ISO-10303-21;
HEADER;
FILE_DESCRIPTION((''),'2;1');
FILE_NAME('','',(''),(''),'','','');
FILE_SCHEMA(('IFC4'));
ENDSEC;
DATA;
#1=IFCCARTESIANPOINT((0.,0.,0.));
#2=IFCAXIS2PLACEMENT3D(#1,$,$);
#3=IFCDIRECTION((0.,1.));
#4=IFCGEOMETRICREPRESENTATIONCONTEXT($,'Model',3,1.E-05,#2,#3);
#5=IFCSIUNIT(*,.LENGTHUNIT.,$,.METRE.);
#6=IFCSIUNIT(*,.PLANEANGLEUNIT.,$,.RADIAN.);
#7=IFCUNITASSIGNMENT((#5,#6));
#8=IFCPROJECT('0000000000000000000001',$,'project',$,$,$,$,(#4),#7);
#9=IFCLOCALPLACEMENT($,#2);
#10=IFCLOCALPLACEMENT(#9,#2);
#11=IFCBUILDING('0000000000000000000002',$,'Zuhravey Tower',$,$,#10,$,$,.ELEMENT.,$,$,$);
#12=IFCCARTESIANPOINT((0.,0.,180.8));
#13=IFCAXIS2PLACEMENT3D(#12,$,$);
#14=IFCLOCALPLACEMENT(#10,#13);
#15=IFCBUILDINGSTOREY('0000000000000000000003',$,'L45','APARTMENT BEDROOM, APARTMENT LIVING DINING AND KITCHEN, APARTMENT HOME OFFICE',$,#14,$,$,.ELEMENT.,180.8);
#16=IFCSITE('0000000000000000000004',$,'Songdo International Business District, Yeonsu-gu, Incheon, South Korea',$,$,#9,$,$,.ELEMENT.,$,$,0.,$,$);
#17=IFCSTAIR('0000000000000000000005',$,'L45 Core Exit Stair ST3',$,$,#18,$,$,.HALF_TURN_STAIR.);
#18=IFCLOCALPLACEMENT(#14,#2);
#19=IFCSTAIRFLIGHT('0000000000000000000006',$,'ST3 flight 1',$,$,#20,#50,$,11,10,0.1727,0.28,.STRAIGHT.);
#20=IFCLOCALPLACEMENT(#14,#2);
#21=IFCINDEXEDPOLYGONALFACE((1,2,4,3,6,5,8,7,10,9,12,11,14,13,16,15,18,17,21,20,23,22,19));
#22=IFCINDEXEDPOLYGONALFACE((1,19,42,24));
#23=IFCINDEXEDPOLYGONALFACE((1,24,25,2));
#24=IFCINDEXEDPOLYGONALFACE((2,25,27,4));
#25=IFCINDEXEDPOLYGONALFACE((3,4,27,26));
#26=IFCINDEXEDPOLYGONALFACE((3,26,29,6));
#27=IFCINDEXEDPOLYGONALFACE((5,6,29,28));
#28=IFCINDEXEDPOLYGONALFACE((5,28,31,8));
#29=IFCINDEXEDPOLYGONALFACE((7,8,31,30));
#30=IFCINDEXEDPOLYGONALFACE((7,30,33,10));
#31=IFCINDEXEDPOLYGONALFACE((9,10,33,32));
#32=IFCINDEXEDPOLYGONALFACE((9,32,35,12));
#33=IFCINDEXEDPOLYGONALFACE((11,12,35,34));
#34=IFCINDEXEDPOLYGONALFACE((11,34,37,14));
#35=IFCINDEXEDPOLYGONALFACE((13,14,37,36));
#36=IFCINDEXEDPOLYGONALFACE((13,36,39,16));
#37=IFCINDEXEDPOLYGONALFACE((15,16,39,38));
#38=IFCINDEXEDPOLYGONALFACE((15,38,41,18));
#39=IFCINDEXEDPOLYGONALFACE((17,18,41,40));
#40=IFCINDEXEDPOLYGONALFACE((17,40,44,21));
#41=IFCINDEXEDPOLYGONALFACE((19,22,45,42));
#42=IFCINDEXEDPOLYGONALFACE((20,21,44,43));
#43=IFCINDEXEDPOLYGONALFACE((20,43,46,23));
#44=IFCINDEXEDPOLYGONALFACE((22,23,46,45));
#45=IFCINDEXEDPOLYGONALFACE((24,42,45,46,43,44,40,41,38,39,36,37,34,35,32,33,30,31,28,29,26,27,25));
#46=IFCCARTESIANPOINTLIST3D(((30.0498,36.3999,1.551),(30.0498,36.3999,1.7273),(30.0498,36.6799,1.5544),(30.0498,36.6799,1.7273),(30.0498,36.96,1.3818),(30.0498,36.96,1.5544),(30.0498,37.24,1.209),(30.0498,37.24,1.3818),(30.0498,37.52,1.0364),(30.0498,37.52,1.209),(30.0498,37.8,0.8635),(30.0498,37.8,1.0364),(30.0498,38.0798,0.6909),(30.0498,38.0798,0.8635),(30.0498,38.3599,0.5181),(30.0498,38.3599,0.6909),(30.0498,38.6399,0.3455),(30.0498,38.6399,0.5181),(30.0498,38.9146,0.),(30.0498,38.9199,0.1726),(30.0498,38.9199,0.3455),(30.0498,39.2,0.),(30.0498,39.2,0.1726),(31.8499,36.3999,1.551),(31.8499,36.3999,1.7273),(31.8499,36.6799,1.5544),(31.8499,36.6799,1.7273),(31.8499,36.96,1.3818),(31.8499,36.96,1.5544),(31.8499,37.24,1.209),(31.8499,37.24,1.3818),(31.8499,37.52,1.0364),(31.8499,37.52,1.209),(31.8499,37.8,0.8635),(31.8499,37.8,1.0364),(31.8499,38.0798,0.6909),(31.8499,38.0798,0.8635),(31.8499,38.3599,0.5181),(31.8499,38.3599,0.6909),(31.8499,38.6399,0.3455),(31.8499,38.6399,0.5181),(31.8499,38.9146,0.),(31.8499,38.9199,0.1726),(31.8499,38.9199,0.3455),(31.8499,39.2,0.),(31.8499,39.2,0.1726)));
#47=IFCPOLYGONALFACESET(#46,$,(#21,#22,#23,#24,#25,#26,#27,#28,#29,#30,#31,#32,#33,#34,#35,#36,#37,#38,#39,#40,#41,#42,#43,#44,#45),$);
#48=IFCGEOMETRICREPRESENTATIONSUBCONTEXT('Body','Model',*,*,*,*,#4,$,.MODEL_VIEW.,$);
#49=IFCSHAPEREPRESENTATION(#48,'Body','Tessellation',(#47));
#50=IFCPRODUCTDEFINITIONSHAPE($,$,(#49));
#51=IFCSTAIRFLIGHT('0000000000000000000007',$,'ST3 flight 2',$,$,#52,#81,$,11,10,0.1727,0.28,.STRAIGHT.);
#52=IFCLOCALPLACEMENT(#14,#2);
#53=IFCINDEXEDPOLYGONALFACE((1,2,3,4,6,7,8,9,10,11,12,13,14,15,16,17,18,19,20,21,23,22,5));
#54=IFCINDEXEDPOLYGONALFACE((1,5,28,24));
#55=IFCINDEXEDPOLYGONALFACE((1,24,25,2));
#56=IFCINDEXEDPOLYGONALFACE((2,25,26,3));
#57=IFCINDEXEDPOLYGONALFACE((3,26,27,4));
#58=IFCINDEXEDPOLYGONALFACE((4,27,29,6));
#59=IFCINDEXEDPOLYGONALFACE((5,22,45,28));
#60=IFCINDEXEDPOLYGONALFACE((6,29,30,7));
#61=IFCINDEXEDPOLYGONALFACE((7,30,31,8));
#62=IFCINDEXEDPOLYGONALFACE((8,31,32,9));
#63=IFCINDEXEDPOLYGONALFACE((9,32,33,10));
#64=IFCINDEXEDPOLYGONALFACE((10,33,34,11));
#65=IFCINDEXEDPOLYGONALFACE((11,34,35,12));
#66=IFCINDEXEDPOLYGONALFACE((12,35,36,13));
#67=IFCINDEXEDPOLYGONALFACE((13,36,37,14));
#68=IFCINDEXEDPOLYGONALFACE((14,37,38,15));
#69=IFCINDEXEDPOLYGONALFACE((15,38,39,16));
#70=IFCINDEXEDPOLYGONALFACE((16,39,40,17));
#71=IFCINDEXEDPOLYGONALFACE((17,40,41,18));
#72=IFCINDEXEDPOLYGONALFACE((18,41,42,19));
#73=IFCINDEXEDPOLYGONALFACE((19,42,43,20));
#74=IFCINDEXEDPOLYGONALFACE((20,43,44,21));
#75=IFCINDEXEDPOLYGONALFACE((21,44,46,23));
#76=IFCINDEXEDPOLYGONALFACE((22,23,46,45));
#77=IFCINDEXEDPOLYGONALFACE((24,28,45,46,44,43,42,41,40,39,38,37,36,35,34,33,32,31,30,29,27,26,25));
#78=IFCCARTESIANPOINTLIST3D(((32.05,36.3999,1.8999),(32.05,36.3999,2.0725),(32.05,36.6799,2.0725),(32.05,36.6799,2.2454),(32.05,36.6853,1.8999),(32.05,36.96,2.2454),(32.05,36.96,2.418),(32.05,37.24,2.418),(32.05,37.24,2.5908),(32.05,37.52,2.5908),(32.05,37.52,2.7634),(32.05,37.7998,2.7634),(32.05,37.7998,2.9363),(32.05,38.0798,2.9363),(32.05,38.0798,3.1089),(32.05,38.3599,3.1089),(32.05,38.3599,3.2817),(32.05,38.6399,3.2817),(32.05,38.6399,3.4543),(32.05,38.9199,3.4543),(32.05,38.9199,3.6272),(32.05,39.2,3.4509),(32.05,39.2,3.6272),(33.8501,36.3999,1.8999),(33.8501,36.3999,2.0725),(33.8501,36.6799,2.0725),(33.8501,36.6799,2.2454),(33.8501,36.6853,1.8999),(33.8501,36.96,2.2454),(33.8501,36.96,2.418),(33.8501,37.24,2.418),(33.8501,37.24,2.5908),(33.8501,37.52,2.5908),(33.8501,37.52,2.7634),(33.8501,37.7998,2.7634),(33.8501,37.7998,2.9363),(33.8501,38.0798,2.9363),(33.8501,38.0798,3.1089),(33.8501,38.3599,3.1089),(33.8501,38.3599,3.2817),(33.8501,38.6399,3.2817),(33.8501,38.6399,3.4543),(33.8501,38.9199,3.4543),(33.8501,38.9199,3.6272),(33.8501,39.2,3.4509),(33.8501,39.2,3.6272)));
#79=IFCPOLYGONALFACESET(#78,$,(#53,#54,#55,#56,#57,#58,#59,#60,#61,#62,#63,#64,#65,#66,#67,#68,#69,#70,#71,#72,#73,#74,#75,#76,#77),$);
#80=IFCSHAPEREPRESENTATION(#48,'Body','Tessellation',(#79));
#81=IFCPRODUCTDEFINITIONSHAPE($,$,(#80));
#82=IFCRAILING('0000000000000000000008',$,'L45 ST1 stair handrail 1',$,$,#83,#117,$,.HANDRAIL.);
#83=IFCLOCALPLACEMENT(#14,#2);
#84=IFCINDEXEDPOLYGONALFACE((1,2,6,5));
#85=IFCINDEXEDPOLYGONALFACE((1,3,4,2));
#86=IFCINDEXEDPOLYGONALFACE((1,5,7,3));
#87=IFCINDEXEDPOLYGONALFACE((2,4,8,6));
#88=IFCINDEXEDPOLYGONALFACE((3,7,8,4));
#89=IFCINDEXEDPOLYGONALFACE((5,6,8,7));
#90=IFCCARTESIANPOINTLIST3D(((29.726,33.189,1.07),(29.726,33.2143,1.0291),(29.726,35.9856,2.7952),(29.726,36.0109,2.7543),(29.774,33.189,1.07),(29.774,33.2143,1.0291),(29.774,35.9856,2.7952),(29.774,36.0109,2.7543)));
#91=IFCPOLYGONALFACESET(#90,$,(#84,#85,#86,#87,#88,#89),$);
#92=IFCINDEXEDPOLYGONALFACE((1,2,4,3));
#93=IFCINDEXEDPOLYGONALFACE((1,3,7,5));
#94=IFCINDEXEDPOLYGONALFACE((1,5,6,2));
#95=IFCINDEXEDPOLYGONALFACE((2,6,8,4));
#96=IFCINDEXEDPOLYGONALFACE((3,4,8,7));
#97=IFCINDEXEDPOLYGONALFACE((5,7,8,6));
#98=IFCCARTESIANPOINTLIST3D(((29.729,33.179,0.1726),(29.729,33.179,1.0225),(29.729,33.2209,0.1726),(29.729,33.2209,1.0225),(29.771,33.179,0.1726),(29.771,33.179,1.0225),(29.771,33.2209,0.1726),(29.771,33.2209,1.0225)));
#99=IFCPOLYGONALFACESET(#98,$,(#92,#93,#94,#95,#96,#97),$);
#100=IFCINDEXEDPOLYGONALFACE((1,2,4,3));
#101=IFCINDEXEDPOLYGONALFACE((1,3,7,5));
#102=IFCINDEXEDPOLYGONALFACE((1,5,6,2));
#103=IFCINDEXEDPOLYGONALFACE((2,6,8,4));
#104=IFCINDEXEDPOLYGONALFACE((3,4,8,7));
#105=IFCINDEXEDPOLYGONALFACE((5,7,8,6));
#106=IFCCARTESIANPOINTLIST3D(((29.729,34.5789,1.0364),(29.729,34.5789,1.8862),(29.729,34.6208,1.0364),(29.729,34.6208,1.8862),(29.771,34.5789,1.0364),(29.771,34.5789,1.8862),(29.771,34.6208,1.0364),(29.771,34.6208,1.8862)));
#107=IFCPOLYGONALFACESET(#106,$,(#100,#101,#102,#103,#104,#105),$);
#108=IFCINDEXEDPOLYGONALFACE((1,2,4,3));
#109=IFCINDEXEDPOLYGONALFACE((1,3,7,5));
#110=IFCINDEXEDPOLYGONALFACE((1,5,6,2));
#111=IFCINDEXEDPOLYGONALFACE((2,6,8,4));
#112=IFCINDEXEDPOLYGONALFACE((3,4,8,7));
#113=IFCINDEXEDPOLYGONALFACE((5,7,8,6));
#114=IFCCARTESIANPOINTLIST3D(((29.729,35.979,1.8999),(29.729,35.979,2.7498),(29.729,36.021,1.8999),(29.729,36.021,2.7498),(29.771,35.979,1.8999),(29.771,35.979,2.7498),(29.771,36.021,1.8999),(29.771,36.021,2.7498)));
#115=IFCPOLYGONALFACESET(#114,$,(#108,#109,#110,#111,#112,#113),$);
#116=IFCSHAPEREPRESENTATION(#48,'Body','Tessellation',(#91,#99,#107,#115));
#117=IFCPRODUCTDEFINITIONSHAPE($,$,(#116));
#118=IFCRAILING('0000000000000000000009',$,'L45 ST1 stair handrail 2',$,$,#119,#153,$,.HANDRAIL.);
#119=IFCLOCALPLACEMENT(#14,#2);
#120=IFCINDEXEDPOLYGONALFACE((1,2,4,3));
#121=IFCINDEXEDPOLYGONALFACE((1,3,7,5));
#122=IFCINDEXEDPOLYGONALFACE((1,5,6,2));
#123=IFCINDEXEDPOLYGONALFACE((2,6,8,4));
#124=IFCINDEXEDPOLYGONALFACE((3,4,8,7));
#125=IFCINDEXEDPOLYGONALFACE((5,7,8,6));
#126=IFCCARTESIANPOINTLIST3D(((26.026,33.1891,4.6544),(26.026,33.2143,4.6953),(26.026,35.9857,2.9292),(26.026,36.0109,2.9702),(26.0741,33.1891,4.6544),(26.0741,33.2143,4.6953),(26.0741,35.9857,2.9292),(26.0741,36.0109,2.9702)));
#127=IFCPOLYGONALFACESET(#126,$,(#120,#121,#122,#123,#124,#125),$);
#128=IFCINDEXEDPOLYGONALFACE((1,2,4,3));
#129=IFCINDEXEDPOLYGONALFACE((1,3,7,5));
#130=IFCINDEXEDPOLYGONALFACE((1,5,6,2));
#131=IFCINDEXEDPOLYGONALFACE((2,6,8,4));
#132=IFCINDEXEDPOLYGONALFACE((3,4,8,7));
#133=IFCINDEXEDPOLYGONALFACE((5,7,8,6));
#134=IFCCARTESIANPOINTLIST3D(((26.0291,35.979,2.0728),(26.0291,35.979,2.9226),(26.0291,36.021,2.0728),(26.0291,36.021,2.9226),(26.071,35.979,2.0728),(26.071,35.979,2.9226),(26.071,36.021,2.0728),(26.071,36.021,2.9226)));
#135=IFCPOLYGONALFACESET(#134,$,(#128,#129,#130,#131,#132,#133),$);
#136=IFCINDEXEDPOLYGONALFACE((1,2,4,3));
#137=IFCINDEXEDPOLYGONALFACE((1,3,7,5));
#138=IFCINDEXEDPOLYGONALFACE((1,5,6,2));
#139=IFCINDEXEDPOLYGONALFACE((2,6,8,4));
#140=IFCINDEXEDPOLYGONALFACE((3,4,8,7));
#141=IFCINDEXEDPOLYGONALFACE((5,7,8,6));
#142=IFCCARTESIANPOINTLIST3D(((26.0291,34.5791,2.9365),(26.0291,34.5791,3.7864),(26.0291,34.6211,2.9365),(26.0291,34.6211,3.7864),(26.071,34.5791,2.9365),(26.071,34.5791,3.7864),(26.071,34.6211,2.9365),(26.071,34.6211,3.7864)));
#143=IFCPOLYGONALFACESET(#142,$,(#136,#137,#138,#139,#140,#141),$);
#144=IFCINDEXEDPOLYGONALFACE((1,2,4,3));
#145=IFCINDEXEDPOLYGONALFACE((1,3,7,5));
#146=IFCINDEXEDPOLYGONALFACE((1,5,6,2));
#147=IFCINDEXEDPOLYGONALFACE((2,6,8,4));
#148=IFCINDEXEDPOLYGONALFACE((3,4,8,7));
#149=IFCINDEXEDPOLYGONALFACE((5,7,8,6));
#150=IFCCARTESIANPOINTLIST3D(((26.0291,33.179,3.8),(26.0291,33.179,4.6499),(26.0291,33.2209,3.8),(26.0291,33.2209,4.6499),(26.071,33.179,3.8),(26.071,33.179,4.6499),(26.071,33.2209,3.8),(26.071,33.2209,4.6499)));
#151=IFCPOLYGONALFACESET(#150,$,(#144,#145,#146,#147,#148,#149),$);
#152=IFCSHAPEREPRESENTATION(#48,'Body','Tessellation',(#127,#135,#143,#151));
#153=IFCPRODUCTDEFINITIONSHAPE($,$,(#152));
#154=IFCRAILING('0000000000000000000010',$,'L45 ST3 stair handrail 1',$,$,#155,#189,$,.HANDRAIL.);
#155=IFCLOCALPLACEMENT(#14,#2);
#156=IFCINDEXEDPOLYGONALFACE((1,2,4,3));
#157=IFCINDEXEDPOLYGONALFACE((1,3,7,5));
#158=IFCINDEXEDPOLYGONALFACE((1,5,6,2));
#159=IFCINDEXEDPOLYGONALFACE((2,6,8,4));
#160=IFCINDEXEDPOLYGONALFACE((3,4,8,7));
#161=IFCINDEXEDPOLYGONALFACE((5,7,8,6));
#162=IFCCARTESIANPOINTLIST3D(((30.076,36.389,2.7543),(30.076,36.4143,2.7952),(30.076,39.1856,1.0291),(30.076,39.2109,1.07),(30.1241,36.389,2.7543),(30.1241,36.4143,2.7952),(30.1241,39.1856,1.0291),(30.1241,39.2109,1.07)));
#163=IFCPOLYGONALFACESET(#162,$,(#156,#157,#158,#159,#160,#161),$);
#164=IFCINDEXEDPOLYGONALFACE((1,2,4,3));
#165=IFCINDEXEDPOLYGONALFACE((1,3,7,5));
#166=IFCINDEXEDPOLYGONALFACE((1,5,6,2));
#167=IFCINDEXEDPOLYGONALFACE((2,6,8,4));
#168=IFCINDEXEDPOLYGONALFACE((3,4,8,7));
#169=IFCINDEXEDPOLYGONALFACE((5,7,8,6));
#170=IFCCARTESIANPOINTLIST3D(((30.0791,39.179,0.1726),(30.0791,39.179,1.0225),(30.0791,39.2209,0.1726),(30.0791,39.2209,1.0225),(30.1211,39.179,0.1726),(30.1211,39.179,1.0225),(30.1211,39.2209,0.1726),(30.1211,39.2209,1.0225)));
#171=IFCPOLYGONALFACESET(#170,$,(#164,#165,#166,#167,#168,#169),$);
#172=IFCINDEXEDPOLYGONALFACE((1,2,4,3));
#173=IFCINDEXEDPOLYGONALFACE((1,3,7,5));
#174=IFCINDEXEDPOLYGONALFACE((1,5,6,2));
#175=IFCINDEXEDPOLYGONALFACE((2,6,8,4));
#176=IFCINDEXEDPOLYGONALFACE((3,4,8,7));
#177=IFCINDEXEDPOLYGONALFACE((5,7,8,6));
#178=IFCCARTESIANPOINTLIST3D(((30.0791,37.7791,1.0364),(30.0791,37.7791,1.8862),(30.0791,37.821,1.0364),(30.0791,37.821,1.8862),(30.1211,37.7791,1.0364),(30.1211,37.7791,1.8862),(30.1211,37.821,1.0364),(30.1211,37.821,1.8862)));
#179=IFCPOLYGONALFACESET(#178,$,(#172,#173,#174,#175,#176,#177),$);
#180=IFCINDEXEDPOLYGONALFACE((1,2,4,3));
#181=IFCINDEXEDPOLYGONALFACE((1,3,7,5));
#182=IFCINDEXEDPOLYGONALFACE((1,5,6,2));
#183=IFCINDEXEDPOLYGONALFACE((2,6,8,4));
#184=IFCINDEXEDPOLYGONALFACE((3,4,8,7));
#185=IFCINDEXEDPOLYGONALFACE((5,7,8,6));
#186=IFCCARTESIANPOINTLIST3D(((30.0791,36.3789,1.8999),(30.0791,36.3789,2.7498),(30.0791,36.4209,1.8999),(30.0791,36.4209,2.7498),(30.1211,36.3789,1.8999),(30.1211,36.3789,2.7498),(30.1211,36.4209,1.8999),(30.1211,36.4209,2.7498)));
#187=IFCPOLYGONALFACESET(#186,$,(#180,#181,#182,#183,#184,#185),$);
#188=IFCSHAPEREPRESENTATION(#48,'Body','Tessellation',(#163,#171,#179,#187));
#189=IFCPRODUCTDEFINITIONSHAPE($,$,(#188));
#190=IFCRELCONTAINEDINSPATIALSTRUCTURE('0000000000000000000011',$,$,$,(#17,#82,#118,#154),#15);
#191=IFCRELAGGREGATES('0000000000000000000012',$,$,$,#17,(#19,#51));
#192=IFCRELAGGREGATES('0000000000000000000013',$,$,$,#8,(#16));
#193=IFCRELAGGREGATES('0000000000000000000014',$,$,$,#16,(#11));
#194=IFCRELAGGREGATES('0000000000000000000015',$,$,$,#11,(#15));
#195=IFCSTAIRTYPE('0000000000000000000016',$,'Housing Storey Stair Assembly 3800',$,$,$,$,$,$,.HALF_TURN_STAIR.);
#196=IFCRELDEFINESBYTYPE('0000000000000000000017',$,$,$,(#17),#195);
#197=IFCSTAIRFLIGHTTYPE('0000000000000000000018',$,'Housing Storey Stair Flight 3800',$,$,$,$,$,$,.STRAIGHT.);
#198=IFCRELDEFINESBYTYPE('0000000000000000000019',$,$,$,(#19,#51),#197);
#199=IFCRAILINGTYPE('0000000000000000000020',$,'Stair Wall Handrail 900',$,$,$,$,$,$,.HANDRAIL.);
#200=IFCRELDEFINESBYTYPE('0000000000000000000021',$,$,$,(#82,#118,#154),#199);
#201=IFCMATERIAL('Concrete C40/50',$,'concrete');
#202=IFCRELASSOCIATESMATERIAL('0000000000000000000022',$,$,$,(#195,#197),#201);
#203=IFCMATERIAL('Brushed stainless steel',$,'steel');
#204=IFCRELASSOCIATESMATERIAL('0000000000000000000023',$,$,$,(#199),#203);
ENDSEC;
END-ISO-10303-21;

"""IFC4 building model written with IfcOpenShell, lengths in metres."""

from ifc_helpers import new_model, si_unit, direction, frame, origin, origin_2d, place, context, subcontext, project, spatial, polyline, rectangle, outline, extrude, material, type_object, element, aggregate, save


model = new_model("IFC4")

# Units and contexts
model_context = context("Model", 3, precision=1e-05, world=origin(), true_north=direction((0.0, 1.0)))
body_context = subcontext(model_context, "Body", "Model", "MODEL_VIEW")
ifc_project = project(units=[si_unit("LENGTHUNIT", "METRE"), si_unit("PLANEANGLEUNIT", "RADIAN")], contexts=[model_context])

# Site, building, storey
site_placement = place(None, origin())
site = spatial("IfcSite", under=ifc_project, at=site_placement, Name="Songdo International Business District, Yeonsu-gu, Incheon, South Korea", CompositionType="ELEMENT", RefElevation=0.0)
building_placement = place(site_placement, origin())
building = spatial("IfcBuilding", under=site, at=building_placement, Name="Zuhravey Tower", CompositionType="ELEMENT")
storey_placement = place(building_placement, frame((0.0, 0.0, 180.8)))
storey = spatial("IfcBuildingStorey", under=building, at=storey_placement, Name="L45", Description="APARTMENT BEDROOM, APARTMENT LIVING DINING AND KITCHEN, APARTMENT HOME OFFICE", CompositionType="ELEMENT", Elevation=180.8)

# Stair, stair flights
ifc_material_1 = material(Name="Concrete C40/50", Category="concrete")
stair_type = type_object("IfcStairType", Name="Housing Storey Stair Assembly 3800", PredefinedType="HALF_TURN_STAIR", material=ifc_material_1)
stair_flight_type = type_object("IfcStairFlightType", Name="Housing Storey Stair Flight 3800", PredefinedType="STRAIGHT", material=ifc_material_1)
stair_1_placement = place(storey_placement, origin())
stair_1 = element("IfcStair", 1, at=stair_1_placement, inside=storey, type_object=stair_type, Name="L45 Core Exit Stair ST3", PredefinedType="HALF_TURN_STAIR")
stair_flight_1_placement = place(storey_placement, frame((30.95, 39.2, 0.0), z_axis=(0.0, 0.0, 1.0), x_axis=(0.0, -1.0, 0.0)))
stair_flight_1 = element("IfcStairFlight", 2, at=stair_flight_1_placement, type_object=stair_flight_type, Name="ST3 flight 1", NumberOfRisers=11, NumberOfTreads=10, PredefinedType="STRAIGHT", RiserHeight=0.1727, TreadLength=0.28, context=body_context, shape_type="SweptSolid", body=[
    extrude(outline(polyline([(0.0, 0.0), (0.0, 0.1726), (0.28, 0.1726), (0.28, 0.3455), (0.5601, 0.3455), (0.5601, 0.5181), (0.8401, 0.5181), (0.8401, 0.6909), (1.1201, 0.6909), (1.1201, 0.8635), (1.3999, 0.8635), (1.3999, 1.0364), (1.6799, 1.0364), (1.6799, 1.209), (1.96, 1.209), (1.96, 1.3818), (2.24, 1.3818), (2.24, 1.5544), (2.52, 1.5544), (2.52, 1.7273), (2.8, 1.7273), (2.8, 1.8999), (2.8, 1.551), (0.2854, 0.0), (0.0, 0.0)])), frame((0.0, 0.8999, 0.0), z_axis=(0.0, -1.0, 0.0), x_axis=(1.0, 0.0, 0.0)), (0.0, 0.0, 1.0), 1.8),
])
stair_flight_2_placement = place(storey_placement, frame((32.95, 36.3999, 1.8999), z_axis=(0.0, 0.0, 1.0), x_axis=(0.0, 1.0, 0.0)))
stair_flight_2 = element("IfcStairFlight", 3, at=stair_flight_2_placement, type_object=stair_flight_type, Name="ST3 flight 2", NumberOfRisers=11, NumberOfTreads=10, PredefinedType="STRAIGHT", RiserHeight=0.1727, TreadLength=0.28, context=body_context, shape_type="SweptSolid", body=[
    extrude(outline(polyline([(0.0, 0.0), (0.0, 0.1726), (0.28, 0.1726), (0.28, 0.3455), (0.5601, 0.3455), (0.5601, 0.5181), (0.8401, 0.5181), (0.8401, 0.6909), (1.1201, 0.6909), (1.1201, 0.8635), (1.3999, 0.8635), (1.3999, 1.0364), (1.6799, 1.0364), (1.6799, 1.209), (1.96, 1.209), (1.96, 1.3818), (2.24, 1.3818), (2.24, 1.5544), (2.52, 1.5544), (2.52, 1.7273), (2.8, 1.7273), (2.8, 1.8999), (2.8, 1.551), (0.2854, 0.0), (0.0, 0.0)])), frame((0.0, 0.8999, 0.0), z_axis=(0.0, -1.0, 0.0), x_axis=(1.0, 0.0, 0.0)), (0.0, 0.0, 1.0), 1.8),
])
aggregate(stair_1, [stair_flight_1, stair_flight_2])

# Railings
ifc_material_2 = material(Name="Brushed stainless steel", Category="steel")
railing_type_1 = type_object("IfcRailingType", Name="Stair Wall Handrail 900", PredefinedType="HANDRAIL", material=ifc_material_2)
railing_1_placement = place(storey_placement, frame((29.75, 33.2, 0.1726)))
element("IfcRailing", 4, at=railing_1_placement, inside=storey, type_object=railing_type_1, Name="L45 ST1 stair handrail 1", PredefinedType="HANDRAIL", context=body_context, shape_type="SweptSolid", body=[
    extrude(rectangle(XDim=0.0481, YDim=0.0481, at=origin_2d()), frame((0.0, 0.0017, 0.877), z_axis=(0.0, 0.85109, 0.52502), x_axis=(-1.0, 0.0, 0.0)), (0.0, 0.0, 1.0), 3.2859),
    extrude(rectangle(XDim=0.042, YDim=0.042, at=origin_2d()), origin(), (0.0, 0.0, 1.0), 0.8499),
    extrude(rectangle(XDim=0.042, YDim=0.042, at=origin_2d()), frame((0.0, 1.3999, 0.8638)), (0.0, 0.0, 1.0), 0.8499),
    extrude(rectangle(XDim=0.042, YDim=0.042, at=origin_2d()), frame((0.0, 2.8, 1.7273)), (0.0, 0.0, 1.0), 0.8499),
])
for number, where, name in (
    (5, (26.05, 36.0, 2.0728), "L45 ST1 stair handrail 2"),
    (6, (30.1001, 39.2, 0.1726), "L45 ST3 stair handrail 1"),
):
    element("IfcRailing", number, at=place(storey_placement, frame(where)), inside=storey, type_object=railing_type_1, Name=name, PredefinedType="HANDRAIL", context=body_context, shape_type="SweptSolid", body=[
        extrude(rectangle(XDim=0.0481, YDim=0.0481, at=origin_2d()), frame((0.0, -0.0017, 0.877), z_axis=(0.0, -0.85109, 0.52502), x_axis=(1.0, 0.0, 0.0)), (0.0, 0.0, 1.0), 3.2859),
        extrude(rectangle(XDim=0.042, YDim=0.042, at=origin_2d()), origin(), (0.0, 0.0, 1.0), 0.8499),
        extrude(rectangle(XDim=0.042, YDim=0.042, at=origin_2d()), frame((0.0, -1.3999, 0.8638)), (0.0, 0.0, 1.0), 0.8499),
        extrude(rectangle(XDim=0.042, YDim=0.042, at=origin_2d()), frame((0.0, -2.8, 1.7273)), (0.0, 0.0, 1.0), 0.8499),
    ])

save(model, "model.ifc")
